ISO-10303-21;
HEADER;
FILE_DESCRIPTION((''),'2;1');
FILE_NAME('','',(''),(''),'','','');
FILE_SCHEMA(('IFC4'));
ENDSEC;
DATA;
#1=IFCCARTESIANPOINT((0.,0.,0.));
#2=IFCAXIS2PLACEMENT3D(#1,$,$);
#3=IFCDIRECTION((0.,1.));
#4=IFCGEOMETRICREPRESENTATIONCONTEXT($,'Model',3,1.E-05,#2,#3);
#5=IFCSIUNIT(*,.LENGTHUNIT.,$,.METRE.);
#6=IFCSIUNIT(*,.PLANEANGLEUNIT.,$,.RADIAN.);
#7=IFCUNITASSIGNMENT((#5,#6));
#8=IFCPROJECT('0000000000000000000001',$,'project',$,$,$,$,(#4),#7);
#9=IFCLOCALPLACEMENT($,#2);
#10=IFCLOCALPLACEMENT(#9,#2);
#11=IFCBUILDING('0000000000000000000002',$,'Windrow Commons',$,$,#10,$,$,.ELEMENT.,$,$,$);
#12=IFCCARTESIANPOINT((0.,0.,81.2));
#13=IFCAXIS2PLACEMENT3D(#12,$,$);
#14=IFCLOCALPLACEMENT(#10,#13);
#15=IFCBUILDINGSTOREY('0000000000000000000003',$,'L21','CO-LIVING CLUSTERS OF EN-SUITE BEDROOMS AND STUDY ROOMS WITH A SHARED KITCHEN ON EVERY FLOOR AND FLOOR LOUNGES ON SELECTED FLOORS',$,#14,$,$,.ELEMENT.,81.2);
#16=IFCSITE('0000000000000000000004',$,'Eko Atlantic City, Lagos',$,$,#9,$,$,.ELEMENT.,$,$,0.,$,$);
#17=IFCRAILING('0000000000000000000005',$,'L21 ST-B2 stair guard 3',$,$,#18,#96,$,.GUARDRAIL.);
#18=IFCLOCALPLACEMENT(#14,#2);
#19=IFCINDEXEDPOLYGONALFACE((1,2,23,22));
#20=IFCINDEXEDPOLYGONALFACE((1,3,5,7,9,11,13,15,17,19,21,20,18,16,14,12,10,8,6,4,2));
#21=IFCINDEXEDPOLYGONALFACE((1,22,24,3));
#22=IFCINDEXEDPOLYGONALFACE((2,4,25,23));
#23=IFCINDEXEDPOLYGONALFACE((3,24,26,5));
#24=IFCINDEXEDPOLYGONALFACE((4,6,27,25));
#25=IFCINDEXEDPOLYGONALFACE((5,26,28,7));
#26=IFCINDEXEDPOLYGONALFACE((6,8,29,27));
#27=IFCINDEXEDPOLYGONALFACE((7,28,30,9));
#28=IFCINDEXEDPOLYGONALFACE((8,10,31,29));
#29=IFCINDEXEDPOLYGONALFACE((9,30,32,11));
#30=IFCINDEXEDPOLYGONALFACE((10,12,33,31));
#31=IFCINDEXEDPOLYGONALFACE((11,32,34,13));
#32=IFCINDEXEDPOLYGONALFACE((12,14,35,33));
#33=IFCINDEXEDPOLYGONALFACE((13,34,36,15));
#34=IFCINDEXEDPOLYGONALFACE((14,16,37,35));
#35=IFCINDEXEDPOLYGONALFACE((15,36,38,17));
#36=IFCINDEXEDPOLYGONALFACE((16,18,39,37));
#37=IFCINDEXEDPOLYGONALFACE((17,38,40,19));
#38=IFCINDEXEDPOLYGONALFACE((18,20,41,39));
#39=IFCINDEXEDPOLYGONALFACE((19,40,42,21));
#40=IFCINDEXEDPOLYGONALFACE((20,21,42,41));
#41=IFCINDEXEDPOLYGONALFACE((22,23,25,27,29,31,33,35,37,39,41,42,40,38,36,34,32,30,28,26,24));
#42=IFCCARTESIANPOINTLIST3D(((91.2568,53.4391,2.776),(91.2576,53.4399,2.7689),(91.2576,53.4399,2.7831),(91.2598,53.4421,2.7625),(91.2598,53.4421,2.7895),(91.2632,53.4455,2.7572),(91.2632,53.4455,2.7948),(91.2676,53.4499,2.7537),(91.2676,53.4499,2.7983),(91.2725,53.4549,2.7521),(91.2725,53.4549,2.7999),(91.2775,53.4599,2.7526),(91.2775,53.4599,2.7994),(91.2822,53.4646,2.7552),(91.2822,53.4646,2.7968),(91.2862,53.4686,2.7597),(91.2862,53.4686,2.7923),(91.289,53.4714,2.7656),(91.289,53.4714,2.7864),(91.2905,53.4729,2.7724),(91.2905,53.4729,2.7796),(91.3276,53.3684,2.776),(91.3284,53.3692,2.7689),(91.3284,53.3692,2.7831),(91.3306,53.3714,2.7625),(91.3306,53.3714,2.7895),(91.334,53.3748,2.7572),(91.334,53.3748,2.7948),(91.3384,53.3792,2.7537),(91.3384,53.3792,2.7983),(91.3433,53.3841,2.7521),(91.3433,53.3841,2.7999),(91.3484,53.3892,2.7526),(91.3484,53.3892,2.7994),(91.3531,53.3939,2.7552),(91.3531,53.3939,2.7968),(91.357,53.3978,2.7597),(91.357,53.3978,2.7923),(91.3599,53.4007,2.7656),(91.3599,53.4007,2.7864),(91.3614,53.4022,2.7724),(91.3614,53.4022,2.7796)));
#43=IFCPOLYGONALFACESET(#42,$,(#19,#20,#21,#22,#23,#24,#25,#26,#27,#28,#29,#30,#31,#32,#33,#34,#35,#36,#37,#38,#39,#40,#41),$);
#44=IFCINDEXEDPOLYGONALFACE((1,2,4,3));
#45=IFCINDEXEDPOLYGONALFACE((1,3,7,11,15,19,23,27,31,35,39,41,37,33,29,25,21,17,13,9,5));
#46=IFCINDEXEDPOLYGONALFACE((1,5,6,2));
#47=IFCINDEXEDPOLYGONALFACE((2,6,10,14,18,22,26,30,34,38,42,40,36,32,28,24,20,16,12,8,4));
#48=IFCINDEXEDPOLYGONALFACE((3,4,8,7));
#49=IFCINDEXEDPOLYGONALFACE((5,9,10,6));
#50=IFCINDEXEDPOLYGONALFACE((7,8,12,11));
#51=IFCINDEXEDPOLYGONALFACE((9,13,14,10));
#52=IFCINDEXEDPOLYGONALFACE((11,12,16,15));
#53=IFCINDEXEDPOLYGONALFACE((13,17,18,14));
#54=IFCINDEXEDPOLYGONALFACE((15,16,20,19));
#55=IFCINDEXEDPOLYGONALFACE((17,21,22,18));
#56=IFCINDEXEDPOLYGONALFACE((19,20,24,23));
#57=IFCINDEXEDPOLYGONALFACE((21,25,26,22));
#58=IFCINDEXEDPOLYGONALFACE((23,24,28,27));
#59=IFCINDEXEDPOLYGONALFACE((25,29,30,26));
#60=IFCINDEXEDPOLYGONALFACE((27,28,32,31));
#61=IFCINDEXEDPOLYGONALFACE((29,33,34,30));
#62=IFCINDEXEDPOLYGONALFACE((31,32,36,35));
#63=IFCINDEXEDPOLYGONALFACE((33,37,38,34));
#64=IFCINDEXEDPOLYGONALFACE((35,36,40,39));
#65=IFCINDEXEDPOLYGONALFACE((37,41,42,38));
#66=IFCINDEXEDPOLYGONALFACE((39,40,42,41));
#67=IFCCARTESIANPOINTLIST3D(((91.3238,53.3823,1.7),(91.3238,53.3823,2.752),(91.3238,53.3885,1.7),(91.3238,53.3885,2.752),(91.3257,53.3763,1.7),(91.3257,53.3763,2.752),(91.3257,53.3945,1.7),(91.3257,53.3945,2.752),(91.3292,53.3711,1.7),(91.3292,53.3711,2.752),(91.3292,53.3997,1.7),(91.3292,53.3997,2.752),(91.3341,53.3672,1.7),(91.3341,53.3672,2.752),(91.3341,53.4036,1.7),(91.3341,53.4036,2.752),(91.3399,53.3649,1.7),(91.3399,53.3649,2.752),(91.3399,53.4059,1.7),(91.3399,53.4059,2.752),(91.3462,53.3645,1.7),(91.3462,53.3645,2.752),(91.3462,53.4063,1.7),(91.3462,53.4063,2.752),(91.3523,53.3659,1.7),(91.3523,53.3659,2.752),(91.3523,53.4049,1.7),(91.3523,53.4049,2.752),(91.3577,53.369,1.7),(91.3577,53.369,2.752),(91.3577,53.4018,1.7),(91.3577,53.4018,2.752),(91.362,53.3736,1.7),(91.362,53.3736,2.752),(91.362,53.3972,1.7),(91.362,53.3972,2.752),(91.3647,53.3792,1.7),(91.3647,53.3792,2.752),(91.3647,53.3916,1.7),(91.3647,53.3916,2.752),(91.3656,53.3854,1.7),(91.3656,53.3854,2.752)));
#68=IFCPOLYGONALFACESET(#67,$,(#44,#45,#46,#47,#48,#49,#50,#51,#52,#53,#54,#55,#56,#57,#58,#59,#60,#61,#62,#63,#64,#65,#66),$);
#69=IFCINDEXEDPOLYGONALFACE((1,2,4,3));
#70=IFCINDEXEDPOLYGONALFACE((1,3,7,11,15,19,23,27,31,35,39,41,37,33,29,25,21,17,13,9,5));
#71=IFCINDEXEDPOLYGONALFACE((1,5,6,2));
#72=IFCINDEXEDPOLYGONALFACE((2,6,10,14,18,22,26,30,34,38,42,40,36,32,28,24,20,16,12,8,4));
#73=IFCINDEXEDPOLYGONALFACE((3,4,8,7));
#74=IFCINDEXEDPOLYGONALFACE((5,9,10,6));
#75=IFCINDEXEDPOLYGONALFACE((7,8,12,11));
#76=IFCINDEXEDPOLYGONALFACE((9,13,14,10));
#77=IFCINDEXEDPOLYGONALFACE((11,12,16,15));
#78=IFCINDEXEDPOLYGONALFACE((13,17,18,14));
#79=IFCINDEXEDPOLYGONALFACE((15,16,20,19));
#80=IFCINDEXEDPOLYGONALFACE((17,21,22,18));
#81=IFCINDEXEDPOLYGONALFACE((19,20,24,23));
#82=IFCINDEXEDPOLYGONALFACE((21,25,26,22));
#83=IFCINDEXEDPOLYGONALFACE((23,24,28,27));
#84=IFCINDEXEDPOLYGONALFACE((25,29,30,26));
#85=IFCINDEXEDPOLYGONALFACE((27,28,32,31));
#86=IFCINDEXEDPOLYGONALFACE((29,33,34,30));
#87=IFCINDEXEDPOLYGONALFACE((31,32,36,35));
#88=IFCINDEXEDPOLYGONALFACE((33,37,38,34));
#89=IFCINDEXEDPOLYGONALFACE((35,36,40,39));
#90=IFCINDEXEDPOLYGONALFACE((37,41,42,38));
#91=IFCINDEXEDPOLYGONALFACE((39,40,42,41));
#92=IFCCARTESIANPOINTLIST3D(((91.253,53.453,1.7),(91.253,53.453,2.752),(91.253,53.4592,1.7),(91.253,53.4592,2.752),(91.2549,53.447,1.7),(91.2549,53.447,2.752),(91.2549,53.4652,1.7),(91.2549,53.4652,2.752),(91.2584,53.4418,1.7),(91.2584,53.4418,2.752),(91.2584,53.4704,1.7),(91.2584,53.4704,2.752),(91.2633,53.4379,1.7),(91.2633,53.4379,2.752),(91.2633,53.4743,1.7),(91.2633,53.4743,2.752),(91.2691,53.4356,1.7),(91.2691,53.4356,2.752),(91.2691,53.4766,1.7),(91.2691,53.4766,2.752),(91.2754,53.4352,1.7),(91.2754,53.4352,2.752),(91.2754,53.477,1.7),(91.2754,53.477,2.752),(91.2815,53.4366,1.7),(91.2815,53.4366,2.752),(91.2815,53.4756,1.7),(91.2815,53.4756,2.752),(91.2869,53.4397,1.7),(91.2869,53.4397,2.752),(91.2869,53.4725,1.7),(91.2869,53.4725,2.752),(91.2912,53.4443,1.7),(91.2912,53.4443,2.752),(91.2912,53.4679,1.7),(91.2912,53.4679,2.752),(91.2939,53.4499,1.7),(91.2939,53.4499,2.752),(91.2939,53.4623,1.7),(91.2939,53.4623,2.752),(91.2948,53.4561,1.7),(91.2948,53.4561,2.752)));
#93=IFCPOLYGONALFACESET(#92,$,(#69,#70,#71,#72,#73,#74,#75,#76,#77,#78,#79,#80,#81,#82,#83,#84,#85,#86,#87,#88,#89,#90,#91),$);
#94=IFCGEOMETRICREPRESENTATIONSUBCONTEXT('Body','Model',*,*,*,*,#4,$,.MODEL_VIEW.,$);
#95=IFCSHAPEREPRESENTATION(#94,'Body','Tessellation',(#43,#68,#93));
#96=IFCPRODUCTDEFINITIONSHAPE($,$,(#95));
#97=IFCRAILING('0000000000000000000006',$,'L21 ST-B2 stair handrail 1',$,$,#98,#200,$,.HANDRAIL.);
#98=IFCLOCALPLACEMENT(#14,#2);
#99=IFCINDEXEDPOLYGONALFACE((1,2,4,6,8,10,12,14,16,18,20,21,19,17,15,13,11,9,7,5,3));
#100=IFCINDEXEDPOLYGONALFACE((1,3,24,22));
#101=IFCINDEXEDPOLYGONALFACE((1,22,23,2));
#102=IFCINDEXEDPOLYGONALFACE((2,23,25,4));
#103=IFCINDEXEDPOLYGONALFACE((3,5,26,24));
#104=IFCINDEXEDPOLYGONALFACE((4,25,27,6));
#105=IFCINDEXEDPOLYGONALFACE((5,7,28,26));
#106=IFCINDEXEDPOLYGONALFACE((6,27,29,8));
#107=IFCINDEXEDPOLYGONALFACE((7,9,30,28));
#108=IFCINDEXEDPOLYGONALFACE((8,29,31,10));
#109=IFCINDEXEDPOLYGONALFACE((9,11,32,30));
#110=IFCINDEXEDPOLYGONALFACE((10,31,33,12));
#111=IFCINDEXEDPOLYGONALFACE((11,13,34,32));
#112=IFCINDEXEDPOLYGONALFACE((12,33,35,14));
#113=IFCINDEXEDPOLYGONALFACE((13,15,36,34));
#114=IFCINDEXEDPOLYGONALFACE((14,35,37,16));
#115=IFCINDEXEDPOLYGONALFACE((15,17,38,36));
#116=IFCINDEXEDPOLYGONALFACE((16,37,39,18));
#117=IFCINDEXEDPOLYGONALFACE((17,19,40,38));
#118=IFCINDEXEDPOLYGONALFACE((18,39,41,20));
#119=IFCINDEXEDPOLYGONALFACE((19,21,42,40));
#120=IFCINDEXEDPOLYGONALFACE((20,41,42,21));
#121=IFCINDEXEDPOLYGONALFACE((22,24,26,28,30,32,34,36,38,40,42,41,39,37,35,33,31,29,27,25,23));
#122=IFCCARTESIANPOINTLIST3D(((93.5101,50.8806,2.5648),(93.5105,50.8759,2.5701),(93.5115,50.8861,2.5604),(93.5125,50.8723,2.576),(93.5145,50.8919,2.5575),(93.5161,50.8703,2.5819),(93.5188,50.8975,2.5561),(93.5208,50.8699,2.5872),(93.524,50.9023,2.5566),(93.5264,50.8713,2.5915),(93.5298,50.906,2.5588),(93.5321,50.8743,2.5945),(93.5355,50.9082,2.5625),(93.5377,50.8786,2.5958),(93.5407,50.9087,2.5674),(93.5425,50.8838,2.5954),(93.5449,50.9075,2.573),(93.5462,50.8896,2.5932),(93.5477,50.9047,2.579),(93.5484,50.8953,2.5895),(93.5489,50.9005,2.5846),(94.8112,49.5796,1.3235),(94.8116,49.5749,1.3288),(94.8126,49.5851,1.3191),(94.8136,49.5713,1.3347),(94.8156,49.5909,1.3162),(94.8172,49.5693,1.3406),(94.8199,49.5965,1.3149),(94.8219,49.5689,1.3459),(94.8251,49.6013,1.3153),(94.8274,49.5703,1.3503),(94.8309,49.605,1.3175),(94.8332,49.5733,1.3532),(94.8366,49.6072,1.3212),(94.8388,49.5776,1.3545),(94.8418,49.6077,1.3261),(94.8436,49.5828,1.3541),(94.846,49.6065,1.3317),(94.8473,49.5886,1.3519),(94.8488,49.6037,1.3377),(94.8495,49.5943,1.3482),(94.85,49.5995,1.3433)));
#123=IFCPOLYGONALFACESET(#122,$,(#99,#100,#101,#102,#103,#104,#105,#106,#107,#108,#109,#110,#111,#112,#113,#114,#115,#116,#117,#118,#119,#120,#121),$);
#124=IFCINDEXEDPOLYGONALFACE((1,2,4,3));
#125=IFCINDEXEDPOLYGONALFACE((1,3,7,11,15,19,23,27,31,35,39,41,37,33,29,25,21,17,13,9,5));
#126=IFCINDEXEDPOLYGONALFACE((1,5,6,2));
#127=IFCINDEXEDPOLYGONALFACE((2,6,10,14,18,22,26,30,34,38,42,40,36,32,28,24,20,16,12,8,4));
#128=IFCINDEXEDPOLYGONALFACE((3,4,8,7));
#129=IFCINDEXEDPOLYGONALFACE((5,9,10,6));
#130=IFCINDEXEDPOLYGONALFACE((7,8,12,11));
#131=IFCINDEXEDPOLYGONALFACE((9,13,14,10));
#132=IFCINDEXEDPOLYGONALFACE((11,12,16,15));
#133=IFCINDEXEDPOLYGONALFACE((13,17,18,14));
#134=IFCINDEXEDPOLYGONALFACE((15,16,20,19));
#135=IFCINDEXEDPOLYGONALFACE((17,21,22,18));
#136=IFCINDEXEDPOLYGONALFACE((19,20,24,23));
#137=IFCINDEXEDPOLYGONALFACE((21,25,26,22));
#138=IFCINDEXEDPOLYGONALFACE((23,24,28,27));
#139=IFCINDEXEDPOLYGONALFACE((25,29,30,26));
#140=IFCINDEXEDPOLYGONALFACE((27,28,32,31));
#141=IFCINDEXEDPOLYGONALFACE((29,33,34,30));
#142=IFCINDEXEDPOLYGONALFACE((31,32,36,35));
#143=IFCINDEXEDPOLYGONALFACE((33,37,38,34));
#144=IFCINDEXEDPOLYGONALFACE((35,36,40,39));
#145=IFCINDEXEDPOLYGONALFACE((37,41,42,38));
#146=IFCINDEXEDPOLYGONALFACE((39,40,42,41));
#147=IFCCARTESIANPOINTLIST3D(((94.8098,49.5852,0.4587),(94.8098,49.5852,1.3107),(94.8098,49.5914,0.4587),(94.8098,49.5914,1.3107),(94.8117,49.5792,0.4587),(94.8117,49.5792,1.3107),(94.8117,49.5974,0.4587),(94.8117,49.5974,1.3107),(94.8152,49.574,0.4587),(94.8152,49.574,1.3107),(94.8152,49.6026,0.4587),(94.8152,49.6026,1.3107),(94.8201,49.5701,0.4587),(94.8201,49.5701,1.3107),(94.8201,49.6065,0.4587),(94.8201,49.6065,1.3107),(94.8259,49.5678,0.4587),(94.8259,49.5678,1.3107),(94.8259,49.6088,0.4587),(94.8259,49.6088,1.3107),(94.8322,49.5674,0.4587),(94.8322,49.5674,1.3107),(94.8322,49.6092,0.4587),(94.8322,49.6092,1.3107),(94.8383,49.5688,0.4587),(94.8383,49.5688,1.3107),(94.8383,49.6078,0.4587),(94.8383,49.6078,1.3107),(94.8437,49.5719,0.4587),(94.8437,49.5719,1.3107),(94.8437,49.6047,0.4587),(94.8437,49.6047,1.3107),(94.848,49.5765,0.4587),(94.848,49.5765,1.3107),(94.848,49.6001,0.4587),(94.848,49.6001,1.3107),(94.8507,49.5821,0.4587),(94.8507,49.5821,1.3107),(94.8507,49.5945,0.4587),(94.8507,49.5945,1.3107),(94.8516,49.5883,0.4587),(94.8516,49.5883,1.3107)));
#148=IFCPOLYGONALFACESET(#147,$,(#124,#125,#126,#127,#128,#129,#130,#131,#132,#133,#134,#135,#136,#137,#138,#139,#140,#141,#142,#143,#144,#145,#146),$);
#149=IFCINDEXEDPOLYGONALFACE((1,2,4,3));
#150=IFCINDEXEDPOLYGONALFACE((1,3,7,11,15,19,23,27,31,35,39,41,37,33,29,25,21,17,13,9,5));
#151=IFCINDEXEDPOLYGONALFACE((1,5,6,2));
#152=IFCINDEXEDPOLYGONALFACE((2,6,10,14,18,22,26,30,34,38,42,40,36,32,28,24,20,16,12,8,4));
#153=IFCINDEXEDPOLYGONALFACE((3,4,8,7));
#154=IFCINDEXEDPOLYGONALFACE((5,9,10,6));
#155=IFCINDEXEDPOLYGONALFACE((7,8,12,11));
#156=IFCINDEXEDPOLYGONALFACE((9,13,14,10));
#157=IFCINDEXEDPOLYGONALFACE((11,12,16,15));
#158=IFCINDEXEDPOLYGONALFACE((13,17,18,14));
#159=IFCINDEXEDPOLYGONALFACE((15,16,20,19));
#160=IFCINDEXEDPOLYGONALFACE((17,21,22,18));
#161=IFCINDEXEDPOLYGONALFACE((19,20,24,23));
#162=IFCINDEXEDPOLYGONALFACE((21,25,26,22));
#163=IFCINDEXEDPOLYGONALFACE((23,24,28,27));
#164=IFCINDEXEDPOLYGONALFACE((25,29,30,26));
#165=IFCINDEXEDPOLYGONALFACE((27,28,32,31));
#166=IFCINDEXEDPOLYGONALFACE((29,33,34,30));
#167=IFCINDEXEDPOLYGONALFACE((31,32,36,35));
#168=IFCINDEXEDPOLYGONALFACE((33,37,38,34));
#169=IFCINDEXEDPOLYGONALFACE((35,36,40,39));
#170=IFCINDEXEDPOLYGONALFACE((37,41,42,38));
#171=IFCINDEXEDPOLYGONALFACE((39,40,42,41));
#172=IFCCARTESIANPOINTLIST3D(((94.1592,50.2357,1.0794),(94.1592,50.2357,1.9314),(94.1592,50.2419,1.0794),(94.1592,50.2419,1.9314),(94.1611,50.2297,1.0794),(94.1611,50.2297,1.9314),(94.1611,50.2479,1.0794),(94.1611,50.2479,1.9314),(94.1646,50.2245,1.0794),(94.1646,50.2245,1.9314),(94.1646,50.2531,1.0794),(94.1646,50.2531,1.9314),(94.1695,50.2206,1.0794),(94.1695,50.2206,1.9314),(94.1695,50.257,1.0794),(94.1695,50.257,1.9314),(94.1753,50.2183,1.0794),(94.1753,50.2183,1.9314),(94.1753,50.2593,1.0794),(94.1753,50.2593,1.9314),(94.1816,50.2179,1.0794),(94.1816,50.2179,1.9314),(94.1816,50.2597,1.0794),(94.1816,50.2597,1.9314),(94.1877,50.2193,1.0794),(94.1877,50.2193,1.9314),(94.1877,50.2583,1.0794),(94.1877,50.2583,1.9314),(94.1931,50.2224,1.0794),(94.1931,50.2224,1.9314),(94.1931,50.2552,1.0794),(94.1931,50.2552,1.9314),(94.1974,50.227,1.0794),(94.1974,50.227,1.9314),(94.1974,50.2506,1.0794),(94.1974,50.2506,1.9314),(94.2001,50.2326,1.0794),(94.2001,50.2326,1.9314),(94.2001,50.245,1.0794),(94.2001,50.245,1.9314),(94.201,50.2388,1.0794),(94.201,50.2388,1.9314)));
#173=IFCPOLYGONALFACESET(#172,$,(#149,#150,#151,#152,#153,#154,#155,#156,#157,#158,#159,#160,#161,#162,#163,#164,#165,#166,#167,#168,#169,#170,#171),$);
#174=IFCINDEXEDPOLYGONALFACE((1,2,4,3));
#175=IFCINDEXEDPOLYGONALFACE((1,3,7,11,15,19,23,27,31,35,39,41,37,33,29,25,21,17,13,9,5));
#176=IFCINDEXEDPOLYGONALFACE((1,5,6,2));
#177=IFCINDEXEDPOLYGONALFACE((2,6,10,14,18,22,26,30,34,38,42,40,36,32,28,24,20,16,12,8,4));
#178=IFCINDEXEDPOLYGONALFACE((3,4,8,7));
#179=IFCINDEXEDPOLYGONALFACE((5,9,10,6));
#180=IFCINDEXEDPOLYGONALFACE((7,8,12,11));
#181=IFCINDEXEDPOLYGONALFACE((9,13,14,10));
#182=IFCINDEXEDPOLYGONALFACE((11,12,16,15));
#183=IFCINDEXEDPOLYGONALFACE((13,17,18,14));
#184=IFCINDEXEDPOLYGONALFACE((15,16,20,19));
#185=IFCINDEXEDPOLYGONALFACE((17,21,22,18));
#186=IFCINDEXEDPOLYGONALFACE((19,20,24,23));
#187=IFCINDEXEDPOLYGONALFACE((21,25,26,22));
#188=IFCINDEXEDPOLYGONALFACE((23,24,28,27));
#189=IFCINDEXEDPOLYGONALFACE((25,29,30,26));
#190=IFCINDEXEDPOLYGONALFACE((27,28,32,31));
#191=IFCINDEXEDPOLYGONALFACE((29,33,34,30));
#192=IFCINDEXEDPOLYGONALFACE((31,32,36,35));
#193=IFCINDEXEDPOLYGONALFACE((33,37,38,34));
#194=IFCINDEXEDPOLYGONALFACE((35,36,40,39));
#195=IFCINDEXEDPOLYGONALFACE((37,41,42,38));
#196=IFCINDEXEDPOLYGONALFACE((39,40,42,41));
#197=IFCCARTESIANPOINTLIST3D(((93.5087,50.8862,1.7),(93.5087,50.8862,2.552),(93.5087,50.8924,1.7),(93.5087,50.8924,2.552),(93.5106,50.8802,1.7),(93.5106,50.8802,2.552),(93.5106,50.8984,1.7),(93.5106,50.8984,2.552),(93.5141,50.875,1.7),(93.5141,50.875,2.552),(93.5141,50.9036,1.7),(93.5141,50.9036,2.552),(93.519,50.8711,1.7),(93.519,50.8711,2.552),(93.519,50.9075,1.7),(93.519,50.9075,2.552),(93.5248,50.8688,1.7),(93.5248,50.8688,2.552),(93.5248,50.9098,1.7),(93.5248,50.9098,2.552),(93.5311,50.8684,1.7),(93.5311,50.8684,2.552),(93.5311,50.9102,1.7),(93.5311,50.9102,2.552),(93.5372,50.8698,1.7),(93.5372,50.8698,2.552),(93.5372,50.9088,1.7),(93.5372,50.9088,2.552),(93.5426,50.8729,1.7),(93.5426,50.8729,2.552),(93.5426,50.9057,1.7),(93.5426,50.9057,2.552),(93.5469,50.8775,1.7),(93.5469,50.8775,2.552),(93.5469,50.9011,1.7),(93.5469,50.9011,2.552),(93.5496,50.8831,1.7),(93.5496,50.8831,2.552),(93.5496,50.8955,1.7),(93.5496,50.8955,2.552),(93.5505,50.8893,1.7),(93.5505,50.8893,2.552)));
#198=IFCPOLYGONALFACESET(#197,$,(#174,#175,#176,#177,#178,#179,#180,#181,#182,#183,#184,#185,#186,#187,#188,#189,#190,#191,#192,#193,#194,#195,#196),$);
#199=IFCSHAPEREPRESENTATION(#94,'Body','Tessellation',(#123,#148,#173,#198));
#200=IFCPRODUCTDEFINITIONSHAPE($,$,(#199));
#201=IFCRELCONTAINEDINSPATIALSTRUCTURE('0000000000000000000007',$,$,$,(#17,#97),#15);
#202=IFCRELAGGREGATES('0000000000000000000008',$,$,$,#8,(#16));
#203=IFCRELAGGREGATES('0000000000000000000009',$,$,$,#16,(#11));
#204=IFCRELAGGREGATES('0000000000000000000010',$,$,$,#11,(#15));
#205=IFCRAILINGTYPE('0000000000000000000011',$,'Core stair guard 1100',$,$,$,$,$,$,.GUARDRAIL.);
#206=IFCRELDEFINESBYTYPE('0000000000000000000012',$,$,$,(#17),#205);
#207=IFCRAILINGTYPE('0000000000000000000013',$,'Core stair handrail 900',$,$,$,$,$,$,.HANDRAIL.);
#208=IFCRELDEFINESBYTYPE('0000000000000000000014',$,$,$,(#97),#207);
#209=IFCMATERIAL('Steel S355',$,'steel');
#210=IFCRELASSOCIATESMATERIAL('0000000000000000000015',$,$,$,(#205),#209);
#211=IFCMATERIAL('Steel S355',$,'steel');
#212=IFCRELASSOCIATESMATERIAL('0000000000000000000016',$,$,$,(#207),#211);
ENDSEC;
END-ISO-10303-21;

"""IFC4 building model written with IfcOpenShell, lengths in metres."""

from ifc_helpers import new_model, si_unit, direction, frame, origin, origin_2d, place, context, subcontext, project, spatial, circle, extrude, material, type_object, element, save


model = new_model("IFC4")

# Units and contexts
model_context = context("Model", 3, precision=1e-05, world=origin(), true_north=direction((0.0, 1.0)))
body_context = subcontext(model_context, "Body", "Model", "MODEL_VIEW")
ifc_project = project(units=[si_unit("LENGTHUNIT", "METRE"), si_unit("PLANEANGLEUNIT", "RADIAN")], contexts=[model_context])

# Site, building, storey
site_placement = place(None, origin())
site = spatial("IfcSite", under=ifc_project, at=site_placement, Name="Eko Atlantic City, Lagos", CompositionType="ELEMENT", RefElevation=0.0)
building_placement = place(site_placement, origin())
building = spatial("IfcBuilding", under=site, at=building_placement, Name="Windrow Commons", CompositionType="ELEMENT")
storey_placement = place(building_placement, frame((0.0, 0.0, 81.2)))
storey = spatial("IfcBuildingStorey", under=building, at=storey_placement, Name="L21", Description="CO-LIVING CLUSTERS OF EN-SUITE BEDROOMS AND STUDY ROOMS WITH A SHARED KITCHEN ON EVERY FLOOR AND FLOOR LOUNGES ON SELECTED FLOORS", CompositionType="ELEMENT", Elevation=81.2)

# Railings
ifc_material_1 = material(Name="Steel S355", Category="steel")
railing_type_1 = type_object("IfcRailingType", Name="Core stair guard 1100", PredefinedType="GUARDRAIL", material=ifc_material_1)
railing_1_placement = place(storey_placement, frame((91.3446, 53.3854, 1.7)))
element("IfcRailing", 1, at=railing_1_placement, inside=storey, type_object=railing_type_1, Name="L21 ST-B2 stair guard 3", PredefinedType="GUARDRAIL", context=body_context, shape_type="SweptSolid", body=[
    extrude(circle(Radius=0.024, at=origin_2d()), frame((0.0, 0.0, 1.076), z_axis=(-0.707606, 0.706607, 0.0), x_axis=(-0.706607, -0.707606, 0.0)), (0.0, 0.0, 1.0), 0.1001),
    extrude(circle(Radius=0.021, at=origin_2d()), origin(), (0.0, 0.0, 1.0), 1.052),
    extrude(circle(Radius=0.021, at=origin_2d()), frame((-0.0708, 0.0707, 0.0)), (0.0, 0.0, 1.0), 1.052),
])
ifc_material_2 = material(Name="Steel S355", Category="steel")
railing_type_2 = type_object("IfcRailingType", Name="Core stair handrail 900", PredefinedType="HANDRAIL", material=ifc_material_2)
railing_2_placement = place(storey_placement, frame((94.8306, 49.5883, 0.4587)))
element("IfcRailing", 2, at=railing_2_placement, inside=storey, type_object=railing_type_2, Name="L21 ST-B2 stair handrail 1", PredefinedType="HANDRAIL", context=body_context, shape_type="SweptSolid", body=[
    extrude(circle(Radius=0.024, at=origin_2d()), frame((0.0, 0.0, 0.876), z_axis=(-0.586207, 0.586162, 0.559264), x_axis=(-0.70708, -0.707134, 0.0)), (0.0, 0.0, 1.0), 2.2195),
    extrude(circle(Radius=0.021, at=origin_2d()), origin(), (0.0, 0.0, 1.0), 0.852),
    extrude(circle(Radius=0.021, at=origin_2d()), frame((-0.6506, 0.6505, 0.6207)), (0.0, 0.0, 1.0), 0.852),
    extrude(circle(Radius=0.021, at=origin_2d()), frame((-1.3011, 1.301, 1.2413)), (0.0, 0.0, 1.0), 0.852),
])

save(model, "model.ifc")
